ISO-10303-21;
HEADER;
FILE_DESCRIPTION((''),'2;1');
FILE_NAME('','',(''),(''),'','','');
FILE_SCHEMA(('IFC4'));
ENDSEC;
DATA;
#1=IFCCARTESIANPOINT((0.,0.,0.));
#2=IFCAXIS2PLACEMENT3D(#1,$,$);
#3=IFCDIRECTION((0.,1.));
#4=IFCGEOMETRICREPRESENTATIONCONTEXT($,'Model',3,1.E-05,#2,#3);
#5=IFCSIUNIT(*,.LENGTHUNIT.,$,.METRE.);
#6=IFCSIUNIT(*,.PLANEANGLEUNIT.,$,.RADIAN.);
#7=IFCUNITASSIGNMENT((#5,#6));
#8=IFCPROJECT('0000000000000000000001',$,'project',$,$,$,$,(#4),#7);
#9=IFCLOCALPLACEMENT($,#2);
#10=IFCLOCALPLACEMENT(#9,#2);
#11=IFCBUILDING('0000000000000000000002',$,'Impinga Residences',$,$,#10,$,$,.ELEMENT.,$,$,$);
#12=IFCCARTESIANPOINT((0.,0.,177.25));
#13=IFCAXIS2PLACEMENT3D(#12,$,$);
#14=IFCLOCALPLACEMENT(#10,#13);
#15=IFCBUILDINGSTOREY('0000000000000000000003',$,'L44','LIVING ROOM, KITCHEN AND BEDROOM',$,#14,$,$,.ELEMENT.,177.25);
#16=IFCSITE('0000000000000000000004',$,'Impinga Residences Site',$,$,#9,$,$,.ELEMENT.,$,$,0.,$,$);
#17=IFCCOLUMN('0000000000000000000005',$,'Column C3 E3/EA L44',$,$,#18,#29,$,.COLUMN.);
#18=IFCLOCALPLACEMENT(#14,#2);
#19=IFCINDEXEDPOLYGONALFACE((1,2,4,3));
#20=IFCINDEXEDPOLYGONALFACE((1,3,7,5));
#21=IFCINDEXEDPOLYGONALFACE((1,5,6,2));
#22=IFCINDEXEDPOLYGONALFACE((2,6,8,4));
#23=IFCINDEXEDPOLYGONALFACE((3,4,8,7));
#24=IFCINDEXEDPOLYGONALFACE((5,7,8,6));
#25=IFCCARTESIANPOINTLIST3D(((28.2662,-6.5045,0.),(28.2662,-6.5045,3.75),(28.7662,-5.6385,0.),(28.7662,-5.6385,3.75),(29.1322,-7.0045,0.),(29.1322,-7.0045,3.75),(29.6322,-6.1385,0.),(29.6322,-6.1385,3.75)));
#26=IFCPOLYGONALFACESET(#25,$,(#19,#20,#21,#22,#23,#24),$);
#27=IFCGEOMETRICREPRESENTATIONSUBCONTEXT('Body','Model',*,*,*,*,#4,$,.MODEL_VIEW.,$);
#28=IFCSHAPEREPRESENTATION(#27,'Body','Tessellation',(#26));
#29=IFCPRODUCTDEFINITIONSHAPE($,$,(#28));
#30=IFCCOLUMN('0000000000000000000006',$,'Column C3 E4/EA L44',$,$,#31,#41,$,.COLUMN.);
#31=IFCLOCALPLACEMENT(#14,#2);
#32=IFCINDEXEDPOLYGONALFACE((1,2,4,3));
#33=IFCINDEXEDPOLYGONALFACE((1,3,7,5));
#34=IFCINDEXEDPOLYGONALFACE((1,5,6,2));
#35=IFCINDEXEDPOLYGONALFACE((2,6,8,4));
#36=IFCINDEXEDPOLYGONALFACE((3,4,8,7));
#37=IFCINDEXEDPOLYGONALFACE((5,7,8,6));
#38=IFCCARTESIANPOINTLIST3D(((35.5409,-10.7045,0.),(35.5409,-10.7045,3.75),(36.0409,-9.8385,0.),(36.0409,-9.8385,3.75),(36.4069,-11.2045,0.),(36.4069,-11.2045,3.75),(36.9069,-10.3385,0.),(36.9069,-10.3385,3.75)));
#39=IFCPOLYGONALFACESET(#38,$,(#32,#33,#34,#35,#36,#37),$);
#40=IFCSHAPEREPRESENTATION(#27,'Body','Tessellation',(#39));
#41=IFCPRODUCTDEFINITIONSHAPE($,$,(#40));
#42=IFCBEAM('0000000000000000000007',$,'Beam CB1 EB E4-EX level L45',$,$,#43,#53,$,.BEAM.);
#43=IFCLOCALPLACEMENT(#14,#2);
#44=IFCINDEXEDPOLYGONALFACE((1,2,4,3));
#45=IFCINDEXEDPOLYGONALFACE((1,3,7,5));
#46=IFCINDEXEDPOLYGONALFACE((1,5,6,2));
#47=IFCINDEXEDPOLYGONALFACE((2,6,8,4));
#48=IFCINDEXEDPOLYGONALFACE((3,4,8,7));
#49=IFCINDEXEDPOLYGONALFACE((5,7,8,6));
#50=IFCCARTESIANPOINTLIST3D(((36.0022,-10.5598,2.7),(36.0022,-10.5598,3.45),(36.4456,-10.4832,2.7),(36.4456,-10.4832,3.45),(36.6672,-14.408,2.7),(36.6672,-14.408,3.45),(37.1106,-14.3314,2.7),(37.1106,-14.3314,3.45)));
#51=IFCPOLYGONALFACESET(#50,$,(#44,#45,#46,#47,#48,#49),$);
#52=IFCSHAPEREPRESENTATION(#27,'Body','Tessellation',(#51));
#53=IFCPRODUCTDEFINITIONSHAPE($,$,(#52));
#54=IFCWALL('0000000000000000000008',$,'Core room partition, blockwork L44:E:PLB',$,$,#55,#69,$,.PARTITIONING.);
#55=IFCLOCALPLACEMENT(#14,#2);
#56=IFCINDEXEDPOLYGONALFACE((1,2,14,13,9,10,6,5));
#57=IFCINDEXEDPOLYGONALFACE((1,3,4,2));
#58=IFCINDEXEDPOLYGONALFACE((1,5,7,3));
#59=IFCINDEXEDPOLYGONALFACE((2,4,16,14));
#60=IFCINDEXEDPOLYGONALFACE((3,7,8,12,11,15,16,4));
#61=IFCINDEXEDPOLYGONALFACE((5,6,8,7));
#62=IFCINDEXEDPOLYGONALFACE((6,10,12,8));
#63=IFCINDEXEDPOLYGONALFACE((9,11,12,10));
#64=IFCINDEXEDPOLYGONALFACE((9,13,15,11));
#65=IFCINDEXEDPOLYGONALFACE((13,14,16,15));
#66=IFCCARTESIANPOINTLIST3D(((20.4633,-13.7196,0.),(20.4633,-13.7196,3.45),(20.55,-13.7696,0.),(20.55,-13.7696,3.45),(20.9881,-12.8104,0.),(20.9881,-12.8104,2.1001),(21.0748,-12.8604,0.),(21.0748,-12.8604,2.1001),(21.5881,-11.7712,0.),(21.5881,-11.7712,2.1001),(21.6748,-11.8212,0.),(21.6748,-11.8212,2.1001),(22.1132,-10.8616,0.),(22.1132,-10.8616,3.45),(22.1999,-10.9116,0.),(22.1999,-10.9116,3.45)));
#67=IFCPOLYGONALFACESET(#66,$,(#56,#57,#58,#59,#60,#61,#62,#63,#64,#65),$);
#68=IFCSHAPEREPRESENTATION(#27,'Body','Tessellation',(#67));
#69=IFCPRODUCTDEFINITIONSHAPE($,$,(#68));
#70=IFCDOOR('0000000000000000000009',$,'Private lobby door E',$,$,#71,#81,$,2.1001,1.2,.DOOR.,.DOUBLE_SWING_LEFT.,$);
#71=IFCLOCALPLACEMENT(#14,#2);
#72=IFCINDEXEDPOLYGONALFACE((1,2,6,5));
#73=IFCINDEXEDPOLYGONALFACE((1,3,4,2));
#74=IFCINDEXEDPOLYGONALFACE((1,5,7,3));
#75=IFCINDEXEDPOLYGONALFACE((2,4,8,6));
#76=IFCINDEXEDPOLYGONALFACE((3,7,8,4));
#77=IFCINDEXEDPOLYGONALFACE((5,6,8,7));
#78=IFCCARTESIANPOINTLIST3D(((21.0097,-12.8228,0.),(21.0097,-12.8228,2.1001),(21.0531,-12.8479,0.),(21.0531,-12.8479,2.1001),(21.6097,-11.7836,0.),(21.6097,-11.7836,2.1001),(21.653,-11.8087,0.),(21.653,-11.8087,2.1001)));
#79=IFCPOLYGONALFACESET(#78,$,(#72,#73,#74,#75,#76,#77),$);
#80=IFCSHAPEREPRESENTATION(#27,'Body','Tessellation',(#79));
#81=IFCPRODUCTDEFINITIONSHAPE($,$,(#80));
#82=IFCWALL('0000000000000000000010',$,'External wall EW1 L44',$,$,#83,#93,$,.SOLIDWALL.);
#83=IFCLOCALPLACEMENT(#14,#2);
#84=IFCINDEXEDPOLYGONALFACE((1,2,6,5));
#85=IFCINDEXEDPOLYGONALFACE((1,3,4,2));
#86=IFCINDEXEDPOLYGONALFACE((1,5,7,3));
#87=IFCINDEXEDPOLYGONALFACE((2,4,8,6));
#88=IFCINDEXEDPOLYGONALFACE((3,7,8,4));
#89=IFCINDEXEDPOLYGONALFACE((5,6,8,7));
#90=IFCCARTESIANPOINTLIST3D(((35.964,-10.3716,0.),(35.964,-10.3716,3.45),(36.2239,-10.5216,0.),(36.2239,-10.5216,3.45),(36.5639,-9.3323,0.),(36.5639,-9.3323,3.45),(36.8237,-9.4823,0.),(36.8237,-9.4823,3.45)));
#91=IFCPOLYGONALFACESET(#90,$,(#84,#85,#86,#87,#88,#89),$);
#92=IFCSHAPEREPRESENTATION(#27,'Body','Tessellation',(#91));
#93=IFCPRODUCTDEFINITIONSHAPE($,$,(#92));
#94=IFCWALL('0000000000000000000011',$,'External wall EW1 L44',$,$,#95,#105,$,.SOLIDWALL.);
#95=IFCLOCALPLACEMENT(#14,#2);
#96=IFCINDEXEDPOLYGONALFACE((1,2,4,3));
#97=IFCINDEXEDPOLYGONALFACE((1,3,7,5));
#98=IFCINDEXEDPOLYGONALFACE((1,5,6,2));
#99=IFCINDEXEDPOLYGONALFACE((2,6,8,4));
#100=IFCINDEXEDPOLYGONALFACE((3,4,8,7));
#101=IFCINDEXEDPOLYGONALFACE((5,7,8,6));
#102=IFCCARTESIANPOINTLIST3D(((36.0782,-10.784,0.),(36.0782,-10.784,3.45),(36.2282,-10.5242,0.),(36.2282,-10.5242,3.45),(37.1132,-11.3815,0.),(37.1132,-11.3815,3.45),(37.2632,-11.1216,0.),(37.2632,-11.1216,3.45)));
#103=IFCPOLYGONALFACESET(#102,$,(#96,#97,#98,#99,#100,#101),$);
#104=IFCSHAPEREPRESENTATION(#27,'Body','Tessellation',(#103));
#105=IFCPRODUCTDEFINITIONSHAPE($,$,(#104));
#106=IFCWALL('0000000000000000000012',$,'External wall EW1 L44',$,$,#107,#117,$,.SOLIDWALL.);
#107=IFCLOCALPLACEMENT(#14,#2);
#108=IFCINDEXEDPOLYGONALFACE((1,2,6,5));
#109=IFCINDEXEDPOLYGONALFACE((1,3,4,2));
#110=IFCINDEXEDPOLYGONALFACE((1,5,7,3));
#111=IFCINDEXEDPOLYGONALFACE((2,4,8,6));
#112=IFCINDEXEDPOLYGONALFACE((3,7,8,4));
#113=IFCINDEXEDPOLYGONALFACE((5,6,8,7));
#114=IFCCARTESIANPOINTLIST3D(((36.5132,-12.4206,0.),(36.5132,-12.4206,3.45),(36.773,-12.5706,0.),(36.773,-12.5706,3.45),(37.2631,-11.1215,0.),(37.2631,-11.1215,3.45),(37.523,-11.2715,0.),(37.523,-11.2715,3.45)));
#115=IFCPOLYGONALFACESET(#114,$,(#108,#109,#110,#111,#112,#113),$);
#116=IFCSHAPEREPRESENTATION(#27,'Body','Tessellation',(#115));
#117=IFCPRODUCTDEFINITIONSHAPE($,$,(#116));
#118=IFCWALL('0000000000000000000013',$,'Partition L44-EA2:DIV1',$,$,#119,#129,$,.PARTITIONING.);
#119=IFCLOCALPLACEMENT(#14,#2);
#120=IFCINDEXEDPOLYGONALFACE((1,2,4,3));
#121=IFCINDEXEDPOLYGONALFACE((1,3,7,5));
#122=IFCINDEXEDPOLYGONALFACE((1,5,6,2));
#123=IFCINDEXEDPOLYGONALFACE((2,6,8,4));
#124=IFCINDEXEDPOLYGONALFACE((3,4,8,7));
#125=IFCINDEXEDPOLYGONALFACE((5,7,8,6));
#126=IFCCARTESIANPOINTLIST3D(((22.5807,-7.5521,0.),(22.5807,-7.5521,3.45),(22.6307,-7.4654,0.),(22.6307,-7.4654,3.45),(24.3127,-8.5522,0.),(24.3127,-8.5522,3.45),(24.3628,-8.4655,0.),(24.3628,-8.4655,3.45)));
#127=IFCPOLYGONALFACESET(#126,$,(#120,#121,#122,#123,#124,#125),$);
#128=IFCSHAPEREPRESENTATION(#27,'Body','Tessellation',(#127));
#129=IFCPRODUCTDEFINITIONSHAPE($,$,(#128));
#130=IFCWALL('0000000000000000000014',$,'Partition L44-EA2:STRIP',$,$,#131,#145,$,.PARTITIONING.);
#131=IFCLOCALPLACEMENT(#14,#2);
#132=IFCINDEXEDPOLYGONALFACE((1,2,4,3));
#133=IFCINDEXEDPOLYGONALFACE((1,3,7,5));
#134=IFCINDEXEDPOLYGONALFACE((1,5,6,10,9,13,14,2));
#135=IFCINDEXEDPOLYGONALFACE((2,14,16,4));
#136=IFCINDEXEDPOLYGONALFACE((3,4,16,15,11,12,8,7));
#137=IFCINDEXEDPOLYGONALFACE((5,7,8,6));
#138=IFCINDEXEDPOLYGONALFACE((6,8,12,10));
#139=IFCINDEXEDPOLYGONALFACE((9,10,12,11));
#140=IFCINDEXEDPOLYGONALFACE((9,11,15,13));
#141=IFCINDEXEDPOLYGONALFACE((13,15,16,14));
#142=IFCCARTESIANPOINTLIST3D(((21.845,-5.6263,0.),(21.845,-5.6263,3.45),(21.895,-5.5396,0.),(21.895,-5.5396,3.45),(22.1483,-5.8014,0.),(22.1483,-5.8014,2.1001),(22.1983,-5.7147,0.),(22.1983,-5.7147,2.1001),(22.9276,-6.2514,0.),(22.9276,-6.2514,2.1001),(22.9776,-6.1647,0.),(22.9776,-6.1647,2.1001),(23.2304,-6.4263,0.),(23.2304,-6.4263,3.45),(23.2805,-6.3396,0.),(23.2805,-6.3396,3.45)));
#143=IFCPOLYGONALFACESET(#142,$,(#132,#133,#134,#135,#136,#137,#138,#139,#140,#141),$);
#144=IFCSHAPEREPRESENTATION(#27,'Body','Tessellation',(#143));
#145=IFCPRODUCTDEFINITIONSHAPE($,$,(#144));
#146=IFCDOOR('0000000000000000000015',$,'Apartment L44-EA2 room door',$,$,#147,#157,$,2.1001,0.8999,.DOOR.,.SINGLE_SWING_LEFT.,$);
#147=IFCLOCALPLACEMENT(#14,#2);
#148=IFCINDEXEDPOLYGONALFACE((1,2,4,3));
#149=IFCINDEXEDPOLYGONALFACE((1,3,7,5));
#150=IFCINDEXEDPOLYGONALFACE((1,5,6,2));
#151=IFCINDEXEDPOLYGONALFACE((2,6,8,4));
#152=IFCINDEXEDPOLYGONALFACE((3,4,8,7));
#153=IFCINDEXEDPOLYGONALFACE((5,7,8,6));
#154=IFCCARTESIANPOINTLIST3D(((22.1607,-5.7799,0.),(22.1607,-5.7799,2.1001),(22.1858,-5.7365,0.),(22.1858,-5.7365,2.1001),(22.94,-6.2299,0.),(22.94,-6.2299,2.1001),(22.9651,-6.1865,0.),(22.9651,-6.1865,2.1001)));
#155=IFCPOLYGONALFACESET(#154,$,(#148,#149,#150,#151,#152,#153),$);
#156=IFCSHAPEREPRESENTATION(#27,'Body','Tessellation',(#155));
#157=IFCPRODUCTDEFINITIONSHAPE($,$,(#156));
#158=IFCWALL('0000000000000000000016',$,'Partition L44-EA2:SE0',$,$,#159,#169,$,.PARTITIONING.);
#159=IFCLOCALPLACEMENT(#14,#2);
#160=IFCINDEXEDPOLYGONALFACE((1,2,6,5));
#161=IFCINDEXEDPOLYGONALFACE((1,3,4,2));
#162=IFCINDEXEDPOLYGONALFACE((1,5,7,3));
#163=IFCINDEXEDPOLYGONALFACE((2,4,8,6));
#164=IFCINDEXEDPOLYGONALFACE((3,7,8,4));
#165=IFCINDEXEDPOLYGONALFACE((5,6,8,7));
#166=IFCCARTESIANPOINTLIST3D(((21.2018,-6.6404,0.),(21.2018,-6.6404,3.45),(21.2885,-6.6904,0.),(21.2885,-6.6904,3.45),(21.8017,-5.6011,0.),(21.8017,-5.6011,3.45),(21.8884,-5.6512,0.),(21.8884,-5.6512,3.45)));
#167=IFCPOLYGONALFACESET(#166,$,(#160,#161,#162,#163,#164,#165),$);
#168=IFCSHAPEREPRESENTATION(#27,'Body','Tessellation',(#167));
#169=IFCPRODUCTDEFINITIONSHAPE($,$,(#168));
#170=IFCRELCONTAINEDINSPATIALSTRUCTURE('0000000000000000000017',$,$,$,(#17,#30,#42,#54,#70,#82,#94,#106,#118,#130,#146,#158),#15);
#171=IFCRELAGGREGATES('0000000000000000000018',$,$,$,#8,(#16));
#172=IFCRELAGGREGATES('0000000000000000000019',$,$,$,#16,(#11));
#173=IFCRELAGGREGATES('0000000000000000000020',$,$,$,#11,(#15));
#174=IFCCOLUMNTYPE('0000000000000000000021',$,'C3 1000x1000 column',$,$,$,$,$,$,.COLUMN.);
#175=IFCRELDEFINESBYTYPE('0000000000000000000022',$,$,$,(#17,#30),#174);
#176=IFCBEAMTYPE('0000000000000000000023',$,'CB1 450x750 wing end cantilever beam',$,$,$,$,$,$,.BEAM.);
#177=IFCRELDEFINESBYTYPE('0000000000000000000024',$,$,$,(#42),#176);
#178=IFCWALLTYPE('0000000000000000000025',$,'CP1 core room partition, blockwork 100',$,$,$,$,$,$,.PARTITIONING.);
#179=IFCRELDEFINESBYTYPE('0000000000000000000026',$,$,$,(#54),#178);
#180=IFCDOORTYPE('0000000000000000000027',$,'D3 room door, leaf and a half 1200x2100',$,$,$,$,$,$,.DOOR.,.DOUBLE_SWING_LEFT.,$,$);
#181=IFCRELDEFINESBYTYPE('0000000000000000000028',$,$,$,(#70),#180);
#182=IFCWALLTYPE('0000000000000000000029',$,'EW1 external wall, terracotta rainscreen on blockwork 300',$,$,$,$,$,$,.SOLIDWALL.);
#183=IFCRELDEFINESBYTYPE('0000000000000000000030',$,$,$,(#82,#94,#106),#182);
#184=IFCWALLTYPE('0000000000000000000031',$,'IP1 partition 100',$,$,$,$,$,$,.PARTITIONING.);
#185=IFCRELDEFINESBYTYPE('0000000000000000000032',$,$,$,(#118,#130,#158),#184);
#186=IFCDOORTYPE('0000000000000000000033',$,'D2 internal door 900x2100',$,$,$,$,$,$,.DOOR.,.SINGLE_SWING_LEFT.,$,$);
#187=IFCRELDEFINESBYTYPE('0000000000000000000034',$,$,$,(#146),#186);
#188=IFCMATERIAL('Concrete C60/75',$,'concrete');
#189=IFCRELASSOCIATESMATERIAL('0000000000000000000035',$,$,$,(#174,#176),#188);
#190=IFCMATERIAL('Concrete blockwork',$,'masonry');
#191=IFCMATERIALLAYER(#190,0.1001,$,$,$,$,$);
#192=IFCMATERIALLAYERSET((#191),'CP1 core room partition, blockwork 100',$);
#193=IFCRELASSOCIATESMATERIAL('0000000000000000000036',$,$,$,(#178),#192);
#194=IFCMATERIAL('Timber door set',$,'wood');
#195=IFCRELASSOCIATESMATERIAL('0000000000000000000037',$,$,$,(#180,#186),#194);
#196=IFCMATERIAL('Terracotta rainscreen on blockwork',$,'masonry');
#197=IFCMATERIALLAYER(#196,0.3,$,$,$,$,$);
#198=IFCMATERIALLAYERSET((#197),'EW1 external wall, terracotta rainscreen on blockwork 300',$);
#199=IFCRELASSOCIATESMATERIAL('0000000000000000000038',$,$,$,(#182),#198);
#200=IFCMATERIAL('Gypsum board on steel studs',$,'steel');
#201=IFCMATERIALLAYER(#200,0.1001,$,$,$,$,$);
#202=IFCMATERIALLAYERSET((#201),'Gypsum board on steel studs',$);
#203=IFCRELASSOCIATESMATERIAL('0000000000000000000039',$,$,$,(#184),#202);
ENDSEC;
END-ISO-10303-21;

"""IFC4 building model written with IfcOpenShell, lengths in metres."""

from ifc_helpers import new_model, si_unit, direction, frame, frame_2d, origin, origin_2d, place, context, subcontext, project, spatial, rectangle, extrude, material, layer, layer_set, material_profile, profile_set, type_object, element, fill, save


model = new_model("IFC4")

# Units and contexts
model_context = context("Model", 3, precision=1e-05, world=origin(), true_north=direction((0.0, 1.0)))
body_context = subcontext(model_context, "Body", "Model", "MODEL_VIEW")
ifc_project = project(units=[si_unit("LENGTHUNIT", "METRE"), si_unit("PLANEANGLEUNIT", "RADIAN")], contexts=[model_context])

# Site, building, storey
site_placement = place(None, origin())
site = spatial("IfcSite", under=ifc_project, at=site_placement, Name="Impinga Residences Site", CompositionType="ELEMENT", RefElevation=0.0)
building_placement = place(site_placement, origin())
building = spatial("IfcBuilding", under=site, at=building_placement, Name="Impinga Residences", CompositionType="ELEMENT")
storey_placement = place(building_placement, frame((0.0, 0.0, 177.25)))
storey = spatial("IfcBuildingStorey", under=building, at=storey_placement, Name="L44", Description="LIVING ROOM, KITCHEN AND BEDROOM", CompositionType="ELEMENT", Elevation=177.25)

# Columns
ifc_material_1 = material(Name="Concrete C60/75", Category="concrete")
ifc_material_profile_1 = material_profile(ifc_material_1, rectangle(XDim=1.0, YDim=1.0, at=origin_2d()), Name="RC 1000x1000")
ifc_profile_set_1 = profile_set([ifc_material_profile_1], Name="Concrete C60/75")
column_type = type_object("IfcColumnType", Name="C3 1000x1000 column", PredefinedType="COLUMN", material=ifc_profile_set_1)
for number, where, z_axis, x_axis, name in (
    (1, (28.9492, -6.3215, 0.0), (0.0, 0.0, 1.0), (-0.5, -0.866025, 0.0), "Column C3 E3/EA L44"),
    (2, (36.2239, -10.5215, 0.0), (0.0, 0.0, 1.0), (-0.5, -0.866025, 0.0), "Column C3 E4/EA L44"),
):
    element("IfcColumn", number, at=place(storey_placement, frame(where, z_axis=z_axis, x_axis=x_axis)), inside=storey, type_object=column_type, Name=name, PredefinedType="COLUMN", context=body_context, shape_type="SweptSolid", body=[
        extrude(rectangle(XDim=1.0, YDim=1.0, at=origin_2d()), origin(), (0.0, 0.0, 1.0), 3.75),
    ])

# Beam
ifc_material_profile_2 = material_profile(ifc_material_1, rectangle(XDim=0.45, YDim=0.75, at=origin_2d()), Name="RC 450x750")
ifc_profile_set_2 = profile_set([ifc_material_profile_2], Name="Concrete C60/75")
beam_type = type_object("IfcBeamType", Name="CB1 450x750 wing end cantilever beam", PredefinedType="BEAM", material=ifc_profile_set_2)
beam_placement = place(storey_placement, frame((36.2239, -10.5215, 3.075), z_axis=(0.170296, -0.985393, 0.0), x_axis=(0.985393, 0.170296, 0.0)))
element("IfcBeam", 3, at=beam_placement, inside=storey, type_object=beam_type, Name="Beam CB1 EB E4-EX level L45", PredefinedType="BEAM", context=body_context, shape_type="SweptSolid", body=[
    extrude(rectangle(XDim=0.45, YDim=0.75, at=origin_2d()), origin(), (0.0, 0.0, 1.0), 3.9053),
])

# Wall, opening, door
ifc_material_2 = material(Name="Concrete blockwork", Category="masonry")
ifc_layer_1 = layer(ifc_material_2, 0.1001)
ifc_layer_set_1 = layer_set([ifc_layer_1], Name="CP1 core room partition, blockwork 100")
wall_type_1 = type_object("IfcWallType", Name="CP1 core room partition, blockwork 100", PredefinedType="PARTITIONING", material=ifc_layer_set_1)
wall_1_placement = place(storey_placement, frame((22.1565, -10.8867, 0.0), z_axis=(0.0, 0.0, 1.0), x_axis=(-0.499974, -0.86604, 0.0)))
wall_1 = element("IfcWall", 4, at=wall_1_placement, inside=storey, type_object=wall_type_1, Name="Core room partition, blockwork L44:E:PLB", PredefinedType="PARTITIONING", context=body_context, shape_type="SweptSolid", body=[
    extrude(rectangle(XDim=3.3, YDim=0.1001, at=frame_2d((1.6499, 0.0))), origin(), (0.0, 0.0, 1.0), 3.45),
])
opening_1_placement = place(wall_1_placement, frame((1.05, 0.0, 0.0)))
opening_1 = element("IfcOpeningElement", 5, at=opening_1_placement, cuts=wall_1, PredefinedType="OPENING", context=body_context, shape_type="SweptSolid", body=[
    extrude(rectangle(XDim=1.2, YDim=2.1001, at=frame_2d((0.6001, 1.05))), frame((0.0, 0.0601, 0.0), z_axis=(0.0, -1.0, 0.0), x_axis=(1.0, 0.0, 0.0)), (0.0, 0.0, 1.0), 0.1201),
])
ifc_material_3 = material(Name="Timber door set", Category="wood")
door_type_1 = type_object("IfcDoorType", Name="D3 room door, leaf and a half 1200x2100", OperationType="DOUBLE_SWING_LEFT", PredefinedType="DOOR", material=ifc_material_3)
door_1_placement = place(opening_1_placement, origin())
door_1 = element("IfcDoor", 6, at=door_1_placement, inside=storey, type_object=door_type_1, Name="Private lobby door E", OperationType="DOUBLE_SWING_LEFT", OverallHeight=2.1001, OverallWidth=1.2, PredefinedType="DOOR", context=body_context, shape_type="SweptSolid", body=[
    extrude(rectangle(XDim=1.2, YDim=2.1001, at=frame_2d((0.6001, 1.05))), frame((0.0, 0.0249, 0.0), z_axis=(0.0, -1.0, 0.0), x_axis=(1.0, 0.0, 0.0)), (0.0, 0.0, 1.0), 0.05),
])
fill(opening_1, door_1)

# Walls
ifc_material_4 = material(Name="Terracotta rainscreen on blockwork", Category="masonry")
ifc_layer_2 = layer(ifc_material_4, 0.3)
ifc_layer_set_2 = layer_set([ifc_layer_2], Name="EW1 external wall, terracotta rainscreen on blockwork 300")
wall_type_2 = type_object("IfcWallType", Name="EW1 external wall, terracotta rainscreen on blockwork 300", PredefinedType="SOLIDWALL", material=ifc_layer_set_2)
wall_2_placement = place(storey_placement, frame((36.6938, -9.4072, 0.0), z_axis=(0.0, 0.0, 1.0), x_axis=(-0.499881, -0.866094, 0.0)))
element("IfcWall", 7, at=wall_2_placement, inside=storey, type_object=wall_type_2, Name="External wall EW1 L44", PredefinedType="SOLIDWALL", context=body_context, shape_type="SweptSolid", body=[
    extrude(rectangle(XDim=1.2, YDim=0.3, at=frame_2d((0.6001, 0.0))), origin(), (0.0, 0.0, 1.0), 3.45),
])
wall_3_placement = place(storey_placement, frame((36.1531, -10.6541, 0.0), z_axis=(0.0, 0.0, 1.0), x_axis=(0.86606, -0.499941, 0.0)))
element("IfcWall", 8, at=wall_3_placement, inside=storey, type_object=wall_type_2, Name="External wall EW1 L44", PredefinedType="SOLIDWALL", context=body_context, shape_type="SweptSolid", body=[
    extrude(rectangle(XDim=1.1951, YDim=0.3, at=frame_2d((0.5977, 0.0))), origin(), (0.0, 0.0, 1.0), 3.45),
])
wall_4_placement = place(storey_placement, frame((37.3931, -11.1965, 0.0), z_axis=(0.0, 0.0, 1.0), x_axis=(-0.49999, -0.866031, 0.0)))
element("IfcWall", 9, at=wall_4_placement, inside=storey, type_object=wall_type_2, Name="External wall EW1 L44", PredefinedType="SOLIDWALL", context=body_context, shape_type="SweptSolid", body=[
    extrude(rectangle(XDim=1.5, YDim=0.3, at=frame_2d((0.75, 0.0))), origin(), (0.0, 0.0, 1.0), 3.45),
])
ifc_material_5 = material(Name="Gypsum board on steel studs", Category="steel")
ifc_layer_3 = layer(ifc_material_5, 0.1001)
ifc_layer_set_3 = layer_set([ifc_layer_3], Name="Gypsum board on steel studs")
wall_type_3 = type_object("IfcWallType", Name="IP1 partition 100", PredefinedType="PARTITIONING", material=ifc_layer_set_3)
wall_5_placement = place(storey_placement, frame((22.6057, -7.5088, 0.0), z_axis=(0.0, 0.0, 1.0), x_axis=(0.866011, -0.500025, 0.0)))
element("IfcWall", 10, at=wall_5_placement, inside=storey, type_object=wall_type_3, Name="Partition L44-EA2:DIV1", PredefinedType="PARTITIONING", context=body_context, shape_type="SweptSolid", body=[
    extrude(rectangle(XDim=2.0, YDim=0.1001, at=frame_2d((1.0, 0.0))), origin(), (0.0, 0.0, 1.0), 3.45),
])

# Wall, opening, door
wall_6_placement = place(storey_placement, frame((21.8701, -5.583, 0.0), z_axis=(0.0, 0.0, 1.0), x_axis=(0.86599, -0.500061, 0.0)))
wall_6 = element("IfcWall", 11, at=wall_6_placement, inside=storey, type_object=wall_type_3, Name="Partition L44-EA2:STRIP", PredefinedType="PARTITIONING", context=body_context, shape_type="SweptSolid", body=[
    extrude(rectangle(XDim=1.5999, YDim=0.1001, at=frame_2d((0.7998, 0.0))), origin(), (0.0, 0.0, 1.0), 3.45),
])
opening_2_placement = place(wall_6_placement, frame((0.3501, 0.0, 0.0)))
opening_2 = element("IfcOpeningElement", 12, at=opening_2_placement, cuts=wall_6, PredefinedType="OPENING", context=body_context, shape_type="SweptSolid", body=[
    extrude(rectangle(XDim=0.8999, YDim=2.1001, at=frame_2d((0.45, 1.05))), frame((0.0, 0.0601, 0.0), z_axis=(0.0, -1.0, 0.0), x_axis=(1.0, 0.0, 0.0)), (0.0, 0.0, 1.0), 0.1201),
])
door_type_2 = type_object("IfcDoorType", Name="D2 internal door 900x2100", OperationType="SINGLE_SWING_LEFT", PredefinedType="DOOR", material=ifc_material_3)
door_2_placement = place(opening_2_placement, origin())
door_2 = element("IfcDoor", 13, at=door_2_placement, inside=storey, type_object=door_type_2, Name="Apartment L44-EA2 room door", OperationType="SINGLE_SWING_LEFT", OverallHeight=2.1001, OverallWidth=0.8999, PredefinedType="DOOR", context=body_context, shape_type="SweptSolid", body=[
    extrude(rectangle(XDim=0.8999, YDim=2.1001, at=frame_2d((0.45, 1.05))), frame((0.0, 0.0249, 0.0), z_axis=(0.0, -1.0, 0.0), x_axis=(1.0, 0.0, 0.0)), (0.0, 0.0, 1.0), 0.05),
])
fill(opening_2, door_2)

# Wall
wall_7_placement = place(storey_placement, frame((21.2451, -6.6655, 0.0), z_axis=(0.0, 0.0, 1.0), x_axis=(0.499881, 0.866094, 0.0)))
element("IfcWall", 14, at=wall_7_placement, inside=storey, type_object=wall_type_3, Name="Partition L44-EA2:SE0", PredefinedType="PARTITIONING", context=body_context, shape_type="SweptSolid", body=[
    extrude(rectangle(XDim=1.2, YDim=0.1001, at=frame_2d((0.6001, 0.0))), origin(), (0.0, 0.0, 1.0), 3.45),
])

save(model, "model.ifc")
